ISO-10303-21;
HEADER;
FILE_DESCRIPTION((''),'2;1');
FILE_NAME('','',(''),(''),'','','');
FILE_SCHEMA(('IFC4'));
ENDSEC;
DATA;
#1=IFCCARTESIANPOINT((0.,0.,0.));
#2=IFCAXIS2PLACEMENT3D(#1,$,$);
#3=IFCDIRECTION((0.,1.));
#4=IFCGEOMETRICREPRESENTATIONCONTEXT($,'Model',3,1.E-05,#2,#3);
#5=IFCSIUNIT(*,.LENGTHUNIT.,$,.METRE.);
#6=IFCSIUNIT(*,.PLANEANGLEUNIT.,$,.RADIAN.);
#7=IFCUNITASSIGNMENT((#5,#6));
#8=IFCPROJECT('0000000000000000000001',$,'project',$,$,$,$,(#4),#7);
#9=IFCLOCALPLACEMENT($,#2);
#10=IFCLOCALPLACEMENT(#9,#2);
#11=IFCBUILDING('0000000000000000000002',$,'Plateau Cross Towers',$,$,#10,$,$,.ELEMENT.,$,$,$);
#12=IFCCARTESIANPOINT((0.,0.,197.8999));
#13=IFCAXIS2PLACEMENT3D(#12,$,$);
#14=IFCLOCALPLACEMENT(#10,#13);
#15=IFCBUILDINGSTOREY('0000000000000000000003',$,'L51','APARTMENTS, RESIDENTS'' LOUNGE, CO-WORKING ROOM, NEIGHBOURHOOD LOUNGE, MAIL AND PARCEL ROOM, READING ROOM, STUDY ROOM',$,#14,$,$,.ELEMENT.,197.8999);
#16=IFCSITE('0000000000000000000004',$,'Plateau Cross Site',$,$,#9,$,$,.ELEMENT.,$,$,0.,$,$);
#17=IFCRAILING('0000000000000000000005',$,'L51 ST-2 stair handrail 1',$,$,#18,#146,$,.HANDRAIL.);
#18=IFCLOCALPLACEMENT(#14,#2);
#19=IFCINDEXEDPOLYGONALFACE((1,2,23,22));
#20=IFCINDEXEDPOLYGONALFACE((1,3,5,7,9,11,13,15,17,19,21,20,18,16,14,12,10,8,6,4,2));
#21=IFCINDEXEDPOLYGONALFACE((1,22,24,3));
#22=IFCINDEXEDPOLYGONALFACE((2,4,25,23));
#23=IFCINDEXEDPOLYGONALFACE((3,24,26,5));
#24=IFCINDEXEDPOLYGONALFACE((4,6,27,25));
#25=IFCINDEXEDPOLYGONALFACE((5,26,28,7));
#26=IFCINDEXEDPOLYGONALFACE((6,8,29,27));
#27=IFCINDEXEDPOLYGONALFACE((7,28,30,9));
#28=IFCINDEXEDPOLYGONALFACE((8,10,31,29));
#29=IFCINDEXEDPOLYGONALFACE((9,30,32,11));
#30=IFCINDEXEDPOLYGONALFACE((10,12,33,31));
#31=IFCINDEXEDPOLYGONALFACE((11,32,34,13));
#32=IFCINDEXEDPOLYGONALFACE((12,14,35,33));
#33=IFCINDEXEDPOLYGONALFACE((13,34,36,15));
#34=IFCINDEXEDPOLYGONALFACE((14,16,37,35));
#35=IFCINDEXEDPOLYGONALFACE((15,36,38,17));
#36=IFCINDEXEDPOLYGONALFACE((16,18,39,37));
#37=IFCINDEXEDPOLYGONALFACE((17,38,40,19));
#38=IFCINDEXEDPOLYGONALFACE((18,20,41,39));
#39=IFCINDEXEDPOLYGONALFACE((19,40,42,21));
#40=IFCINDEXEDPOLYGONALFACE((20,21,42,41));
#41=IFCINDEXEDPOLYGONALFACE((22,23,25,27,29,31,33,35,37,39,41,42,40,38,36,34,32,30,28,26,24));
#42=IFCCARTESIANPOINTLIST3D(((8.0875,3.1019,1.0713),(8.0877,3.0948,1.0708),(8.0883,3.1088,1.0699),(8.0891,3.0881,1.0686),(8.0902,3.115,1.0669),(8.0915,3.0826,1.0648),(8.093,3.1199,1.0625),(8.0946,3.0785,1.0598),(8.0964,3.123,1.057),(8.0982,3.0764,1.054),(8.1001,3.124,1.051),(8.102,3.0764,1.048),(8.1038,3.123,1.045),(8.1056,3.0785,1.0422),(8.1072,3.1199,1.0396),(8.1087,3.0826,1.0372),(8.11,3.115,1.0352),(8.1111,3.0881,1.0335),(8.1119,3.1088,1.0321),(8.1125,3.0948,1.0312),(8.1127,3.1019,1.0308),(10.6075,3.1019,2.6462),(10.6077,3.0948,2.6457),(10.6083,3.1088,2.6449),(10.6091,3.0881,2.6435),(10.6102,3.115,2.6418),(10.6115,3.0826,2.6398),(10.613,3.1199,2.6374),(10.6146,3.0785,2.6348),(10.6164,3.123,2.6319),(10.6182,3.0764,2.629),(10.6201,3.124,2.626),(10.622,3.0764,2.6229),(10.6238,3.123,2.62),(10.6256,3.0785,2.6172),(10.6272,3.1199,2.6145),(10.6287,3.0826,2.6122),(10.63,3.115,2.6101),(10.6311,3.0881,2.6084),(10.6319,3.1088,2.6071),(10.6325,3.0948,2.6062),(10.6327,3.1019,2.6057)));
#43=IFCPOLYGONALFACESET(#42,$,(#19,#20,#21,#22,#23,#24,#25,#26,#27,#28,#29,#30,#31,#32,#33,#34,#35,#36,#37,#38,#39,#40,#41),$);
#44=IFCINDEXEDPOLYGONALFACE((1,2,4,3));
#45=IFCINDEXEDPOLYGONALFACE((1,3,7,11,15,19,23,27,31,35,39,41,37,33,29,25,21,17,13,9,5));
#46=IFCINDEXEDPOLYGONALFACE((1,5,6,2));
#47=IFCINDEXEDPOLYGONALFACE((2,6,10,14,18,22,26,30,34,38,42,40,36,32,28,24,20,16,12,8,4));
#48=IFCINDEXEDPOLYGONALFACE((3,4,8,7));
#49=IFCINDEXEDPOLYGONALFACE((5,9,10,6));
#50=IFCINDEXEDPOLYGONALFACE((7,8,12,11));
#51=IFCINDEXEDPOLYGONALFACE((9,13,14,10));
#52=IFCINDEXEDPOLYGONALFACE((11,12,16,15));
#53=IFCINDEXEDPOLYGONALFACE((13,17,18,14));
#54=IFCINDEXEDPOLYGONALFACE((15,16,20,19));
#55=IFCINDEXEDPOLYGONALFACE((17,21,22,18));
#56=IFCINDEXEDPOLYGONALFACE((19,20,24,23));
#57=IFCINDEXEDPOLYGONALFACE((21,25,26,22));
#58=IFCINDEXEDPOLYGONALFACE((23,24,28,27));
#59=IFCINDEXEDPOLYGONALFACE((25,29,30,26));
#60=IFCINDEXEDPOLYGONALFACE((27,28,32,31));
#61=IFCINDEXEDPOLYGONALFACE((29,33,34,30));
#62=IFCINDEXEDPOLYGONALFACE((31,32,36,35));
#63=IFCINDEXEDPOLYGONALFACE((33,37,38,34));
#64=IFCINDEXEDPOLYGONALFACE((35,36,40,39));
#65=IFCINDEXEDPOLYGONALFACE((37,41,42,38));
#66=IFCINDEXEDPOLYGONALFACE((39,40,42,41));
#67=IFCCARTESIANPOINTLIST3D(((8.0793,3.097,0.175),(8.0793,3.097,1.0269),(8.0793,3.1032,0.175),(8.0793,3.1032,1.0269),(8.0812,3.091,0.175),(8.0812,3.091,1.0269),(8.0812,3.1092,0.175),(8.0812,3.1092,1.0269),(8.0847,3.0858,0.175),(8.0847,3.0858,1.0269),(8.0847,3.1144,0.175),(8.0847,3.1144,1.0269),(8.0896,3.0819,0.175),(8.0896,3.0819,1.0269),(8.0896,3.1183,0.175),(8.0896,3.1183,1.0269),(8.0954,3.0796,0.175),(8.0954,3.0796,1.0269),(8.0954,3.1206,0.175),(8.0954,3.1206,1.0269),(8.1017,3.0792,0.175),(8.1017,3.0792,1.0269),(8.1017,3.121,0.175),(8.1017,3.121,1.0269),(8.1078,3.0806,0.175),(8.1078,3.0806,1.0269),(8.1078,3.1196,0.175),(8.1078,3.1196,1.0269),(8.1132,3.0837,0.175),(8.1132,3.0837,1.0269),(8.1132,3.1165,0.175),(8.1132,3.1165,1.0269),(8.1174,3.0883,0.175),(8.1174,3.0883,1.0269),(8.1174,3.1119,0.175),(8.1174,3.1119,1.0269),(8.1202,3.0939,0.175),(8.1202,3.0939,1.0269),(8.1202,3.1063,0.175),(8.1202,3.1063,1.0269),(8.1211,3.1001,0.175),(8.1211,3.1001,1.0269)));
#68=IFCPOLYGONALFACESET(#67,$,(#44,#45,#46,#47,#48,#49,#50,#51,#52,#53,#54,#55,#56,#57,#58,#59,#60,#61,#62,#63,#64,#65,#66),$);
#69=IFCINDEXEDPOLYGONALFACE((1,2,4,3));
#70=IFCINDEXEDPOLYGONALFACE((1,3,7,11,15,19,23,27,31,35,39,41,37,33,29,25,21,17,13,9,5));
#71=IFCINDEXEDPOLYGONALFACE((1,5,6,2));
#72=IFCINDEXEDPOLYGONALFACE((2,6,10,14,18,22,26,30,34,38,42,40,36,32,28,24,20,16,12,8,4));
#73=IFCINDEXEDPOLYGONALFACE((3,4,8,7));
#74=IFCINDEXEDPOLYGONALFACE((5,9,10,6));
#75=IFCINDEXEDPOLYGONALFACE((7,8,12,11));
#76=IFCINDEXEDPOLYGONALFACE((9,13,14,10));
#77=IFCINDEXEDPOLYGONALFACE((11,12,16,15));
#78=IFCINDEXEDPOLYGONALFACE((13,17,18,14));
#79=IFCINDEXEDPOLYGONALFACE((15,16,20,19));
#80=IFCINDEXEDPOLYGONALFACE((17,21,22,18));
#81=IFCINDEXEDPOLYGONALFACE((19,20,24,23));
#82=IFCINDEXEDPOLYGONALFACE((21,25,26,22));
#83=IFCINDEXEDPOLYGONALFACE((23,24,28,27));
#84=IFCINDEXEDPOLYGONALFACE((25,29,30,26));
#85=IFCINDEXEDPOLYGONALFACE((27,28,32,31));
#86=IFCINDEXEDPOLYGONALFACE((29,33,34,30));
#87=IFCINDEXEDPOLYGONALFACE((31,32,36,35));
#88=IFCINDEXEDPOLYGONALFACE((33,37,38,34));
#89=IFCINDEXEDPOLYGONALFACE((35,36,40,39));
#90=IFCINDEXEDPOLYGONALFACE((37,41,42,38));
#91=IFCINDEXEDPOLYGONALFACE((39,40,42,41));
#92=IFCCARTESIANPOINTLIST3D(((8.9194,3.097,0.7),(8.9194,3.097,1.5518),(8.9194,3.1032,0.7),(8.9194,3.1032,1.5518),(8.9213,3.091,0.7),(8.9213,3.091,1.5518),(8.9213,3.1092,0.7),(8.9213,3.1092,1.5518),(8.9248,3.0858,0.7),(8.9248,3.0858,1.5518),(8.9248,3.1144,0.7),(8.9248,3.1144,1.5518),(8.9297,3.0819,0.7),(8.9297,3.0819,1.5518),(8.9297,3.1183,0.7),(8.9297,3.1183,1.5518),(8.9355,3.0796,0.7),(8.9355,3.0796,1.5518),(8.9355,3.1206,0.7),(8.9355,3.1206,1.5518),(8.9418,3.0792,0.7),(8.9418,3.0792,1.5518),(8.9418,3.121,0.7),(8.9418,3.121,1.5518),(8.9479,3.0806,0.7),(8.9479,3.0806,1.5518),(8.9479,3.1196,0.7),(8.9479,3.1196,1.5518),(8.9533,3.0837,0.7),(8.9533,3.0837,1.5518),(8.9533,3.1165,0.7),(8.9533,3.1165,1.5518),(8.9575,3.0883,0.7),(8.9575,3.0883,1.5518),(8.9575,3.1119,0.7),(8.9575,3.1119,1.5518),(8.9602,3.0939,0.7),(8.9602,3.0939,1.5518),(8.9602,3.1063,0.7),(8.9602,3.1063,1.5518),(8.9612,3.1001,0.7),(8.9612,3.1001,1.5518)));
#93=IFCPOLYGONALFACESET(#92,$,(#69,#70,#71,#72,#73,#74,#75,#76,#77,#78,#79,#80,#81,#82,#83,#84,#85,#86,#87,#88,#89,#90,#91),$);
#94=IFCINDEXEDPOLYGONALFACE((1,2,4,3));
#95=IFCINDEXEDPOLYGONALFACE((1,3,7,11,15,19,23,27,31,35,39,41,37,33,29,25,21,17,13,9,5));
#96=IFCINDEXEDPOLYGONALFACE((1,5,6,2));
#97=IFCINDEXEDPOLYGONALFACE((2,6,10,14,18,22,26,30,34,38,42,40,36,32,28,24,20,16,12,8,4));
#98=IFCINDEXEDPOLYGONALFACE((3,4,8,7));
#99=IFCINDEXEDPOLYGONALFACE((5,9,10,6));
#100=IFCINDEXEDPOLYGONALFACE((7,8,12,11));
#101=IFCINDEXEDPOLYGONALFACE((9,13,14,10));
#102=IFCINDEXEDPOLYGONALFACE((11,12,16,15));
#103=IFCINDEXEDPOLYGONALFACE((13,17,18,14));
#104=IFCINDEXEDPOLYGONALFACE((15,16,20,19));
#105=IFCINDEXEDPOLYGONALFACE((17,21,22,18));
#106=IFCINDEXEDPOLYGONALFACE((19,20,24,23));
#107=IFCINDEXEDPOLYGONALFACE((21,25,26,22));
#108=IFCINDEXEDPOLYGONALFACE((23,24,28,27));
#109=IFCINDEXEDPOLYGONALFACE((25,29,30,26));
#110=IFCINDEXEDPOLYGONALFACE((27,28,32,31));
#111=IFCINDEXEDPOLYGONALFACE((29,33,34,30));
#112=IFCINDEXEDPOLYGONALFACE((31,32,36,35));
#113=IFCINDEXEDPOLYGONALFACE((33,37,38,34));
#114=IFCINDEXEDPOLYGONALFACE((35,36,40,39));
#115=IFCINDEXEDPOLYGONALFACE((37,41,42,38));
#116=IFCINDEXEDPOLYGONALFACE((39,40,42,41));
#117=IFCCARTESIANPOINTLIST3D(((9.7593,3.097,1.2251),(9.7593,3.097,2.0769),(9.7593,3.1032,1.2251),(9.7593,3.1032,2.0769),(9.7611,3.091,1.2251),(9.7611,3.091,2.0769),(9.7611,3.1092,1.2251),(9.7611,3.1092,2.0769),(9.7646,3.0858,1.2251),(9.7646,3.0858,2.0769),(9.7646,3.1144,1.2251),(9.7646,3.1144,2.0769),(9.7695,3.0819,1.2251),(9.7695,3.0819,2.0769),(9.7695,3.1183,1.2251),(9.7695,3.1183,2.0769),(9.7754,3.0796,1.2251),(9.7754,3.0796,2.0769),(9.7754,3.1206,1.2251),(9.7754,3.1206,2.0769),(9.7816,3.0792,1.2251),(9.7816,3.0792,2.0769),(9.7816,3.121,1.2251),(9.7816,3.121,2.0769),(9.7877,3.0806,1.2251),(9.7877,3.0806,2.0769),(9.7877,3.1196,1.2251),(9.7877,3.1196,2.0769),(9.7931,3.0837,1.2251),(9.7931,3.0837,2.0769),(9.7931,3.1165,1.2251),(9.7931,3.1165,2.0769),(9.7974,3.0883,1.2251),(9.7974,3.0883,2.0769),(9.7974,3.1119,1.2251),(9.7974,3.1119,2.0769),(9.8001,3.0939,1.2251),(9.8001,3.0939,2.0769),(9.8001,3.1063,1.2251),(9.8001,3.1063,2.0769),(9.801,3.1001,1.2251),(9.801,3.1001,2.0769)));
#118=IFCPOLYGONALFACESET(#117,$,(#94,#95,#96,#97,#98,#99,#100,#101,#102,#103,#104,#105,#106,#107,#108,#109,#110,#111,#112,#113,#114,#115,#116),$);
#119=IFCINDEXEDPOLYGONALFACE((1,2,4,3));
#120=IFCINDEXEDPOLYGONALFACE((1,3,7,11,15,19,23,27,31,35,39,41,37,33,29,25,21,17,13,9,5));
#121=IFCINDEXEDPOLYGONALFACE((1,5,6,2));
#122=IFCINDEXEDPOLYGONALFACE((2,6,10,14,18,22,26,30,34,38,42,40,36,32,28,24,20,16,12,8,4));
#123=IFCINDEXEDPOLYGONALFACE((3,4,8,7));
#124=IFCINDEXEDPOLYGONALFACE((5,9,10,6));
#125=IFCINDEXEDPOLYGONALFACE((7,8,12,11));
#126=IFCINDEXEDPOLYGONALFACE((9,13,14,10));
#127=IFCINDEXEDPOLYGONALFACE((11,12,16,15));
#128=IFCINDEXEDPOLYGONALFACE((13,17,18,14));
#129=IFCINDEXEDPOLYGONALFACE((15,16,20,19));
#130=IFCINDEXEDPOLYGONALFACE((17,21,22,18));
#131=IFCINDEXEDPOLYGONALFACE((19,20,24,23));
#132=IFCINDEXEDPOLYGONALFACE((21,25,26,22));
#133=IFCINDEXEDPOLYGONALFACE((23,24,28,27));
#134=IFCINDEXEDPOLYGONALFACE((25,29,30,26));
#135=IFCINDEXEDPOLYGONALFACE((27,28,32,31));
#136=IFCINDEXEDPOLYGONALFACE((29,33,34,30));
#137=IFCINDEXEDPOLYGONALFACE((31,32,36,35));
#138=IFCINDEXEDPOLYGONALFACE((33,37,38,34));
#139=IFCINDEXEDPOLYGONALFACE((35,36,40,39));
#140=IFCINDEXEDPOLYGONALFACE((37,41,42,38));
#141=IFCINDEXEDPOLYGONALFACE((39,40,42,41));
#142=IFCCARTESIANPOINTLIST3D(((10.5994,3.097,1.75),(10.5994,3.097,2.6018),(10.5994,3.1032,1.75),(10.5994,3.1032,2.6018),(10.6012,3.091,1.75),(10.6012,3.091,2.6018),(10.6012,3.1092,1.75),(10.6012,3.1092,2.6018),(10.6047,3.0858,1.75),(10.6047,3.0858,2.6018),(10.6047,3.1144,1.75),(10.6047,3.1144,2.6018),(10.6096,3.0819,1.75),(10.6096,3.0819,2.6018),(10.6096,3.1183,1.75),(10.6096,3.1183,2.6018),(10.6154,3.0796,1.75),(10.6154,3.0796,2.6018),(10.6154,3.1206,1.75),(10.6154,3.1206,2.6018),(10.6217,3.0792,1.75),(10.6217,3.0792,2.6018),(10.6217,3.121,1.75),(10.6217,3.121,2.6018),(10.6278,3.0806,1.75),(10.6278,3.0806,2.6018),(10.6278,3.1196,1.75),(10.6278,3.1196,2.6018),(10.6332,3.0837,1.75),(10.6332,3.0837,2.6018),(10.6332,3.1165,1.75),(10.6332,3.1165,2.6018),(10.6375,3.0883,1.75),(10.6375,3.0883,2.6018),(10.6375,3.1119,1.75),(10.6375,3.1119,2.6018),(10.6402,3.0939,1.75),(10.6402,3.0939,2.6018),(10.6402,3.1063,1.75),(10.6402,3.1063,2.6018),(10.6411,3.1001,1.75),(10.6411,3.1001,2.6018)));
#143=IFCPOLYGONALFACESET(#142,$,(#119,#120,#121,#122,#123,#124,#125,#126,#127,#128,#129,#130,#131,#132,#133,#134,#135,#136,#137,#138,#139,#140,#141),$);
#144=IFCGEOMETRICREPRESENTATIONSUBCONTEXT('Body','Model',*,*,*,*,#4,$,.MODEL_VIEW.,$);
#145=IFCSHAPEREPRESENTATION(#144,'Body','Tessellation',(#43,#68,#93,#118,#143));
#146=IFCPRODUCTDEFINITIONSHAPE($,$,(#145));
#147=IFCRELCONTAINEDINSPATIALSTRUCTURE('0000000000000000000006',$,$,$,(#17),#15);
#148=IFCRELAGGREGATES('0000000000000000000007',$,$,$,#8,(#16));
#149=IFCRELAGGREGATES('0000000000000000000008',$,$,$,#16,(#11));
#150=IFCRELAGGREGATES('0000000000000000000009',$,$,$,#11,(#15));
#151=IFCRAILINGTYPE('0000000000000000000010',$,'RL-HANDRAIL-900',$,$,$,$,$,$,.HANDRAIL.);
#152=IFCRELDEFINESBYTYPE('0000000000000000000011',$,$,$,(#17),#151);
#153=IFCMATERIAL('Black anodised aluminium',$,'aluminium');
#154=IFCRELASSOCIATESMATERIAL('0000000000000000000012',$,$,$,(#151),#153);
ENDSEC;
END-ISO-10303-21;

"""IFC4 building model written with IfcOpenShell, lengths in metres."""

from ifc_helpers import new_model, si_unit, direction, frame, origin, origin_2d, place, context, subcontext, project, spatial, circle, extrude, material, type_object, element, save


model = new_model("IFC4")

# Units and contexts
model_context = context("Model", 3, precision=1e-05, world=origin(), true_north=direction((0.0, 1.0)))
body_context = subcontext(model_context, "Body", "Model", "MODEL_VIEW")
ifc_project = project(units=[si_unit("LENGTHUNIT", "METRE"), si_unit("PLANEANGLEUNIT", "RADIAN")], contexts=[model_context])

# Site, building, storey
site_placement = place(None, origin())
site = spatial("IfcSite", under=ifc_project, at=site_placement, Name="Plateau Cross Site", CompositionType="ELEMENT", RefElevation=0.0)
building_placement = place(site_placement, origin())
building = spatial("IfcBuilding", under=site, at=building_placement, Name="Plateau Cross Towers", CompositionType="ELEMENT")
storey_placement = place(building_placement, frame((0.0, 0.0, 197.8999)))
storey = spatial("IfcBuildingStorey", under=building, at=storey_placement, Name="L51", Description="APARTMENTS, RESIDENTS' LOUNGE, CO-WORKING ROOM, NEIGHBOURHOOD LOUNGE, MAIL AND PARCEL ROOM, READING ROOM, STUDY ROOM", CompositionType="ELEMENT", Elevation=197.8999)

# Shared definitions
ifc_material_1 = material(Name="Black anodised aluminium", Category="aluminium")

# Railing
railing_type_1 = type_object("IfcRailingType", Name="RL-HANDRAIL-900", PredefinedType="HANDRAIL", material=ifc_material_1)
railing_1_placement = place(storey_placement, frame((8.1001, 3.1001, 0.175)))
element("IfcRailing", 1, at=railing_1_placement, inside=storey, type_object=railing_type_1, Name="L51 ST-2 stair handrail 1", PredefinedType="HANDRAIL", context=body_context, shape_type="SweptSolid", body=[
    extrude(circle(Radius=0.0239, at=origin_2d()), frame((0.0, 0.0, 0.876), z_axis=(0.848008, 0.0, 0.529984), x_axis=(0.0, 1.0, 0.0)), (0.0, 0.0, 1.0), 2.9717),
    extrude(circle(Radius=0.021, at=origin_2d()), origin(), (0.0, 0.0, 1.0), 0.8518),
    extrude(circle(Radius=0.021, at=origin_2d()), frame((0.8401, 0.0, 0.5249)), (0.0, 0.0, 1.0), 0.8518),
    extrude(circle(Radius=0.021, at=origin_2d()), frame((1.6799, 0.0, 1.05)), (0.0, 0.0, 1.0), 0.8518),
    extrude(circle(Radius=0.021, at=origin_2d()), frame((2.52, 0.0, 1.575)), (0.0, 0.0, 1.0), 0.8518),
])

save(model, "model.ifc")
